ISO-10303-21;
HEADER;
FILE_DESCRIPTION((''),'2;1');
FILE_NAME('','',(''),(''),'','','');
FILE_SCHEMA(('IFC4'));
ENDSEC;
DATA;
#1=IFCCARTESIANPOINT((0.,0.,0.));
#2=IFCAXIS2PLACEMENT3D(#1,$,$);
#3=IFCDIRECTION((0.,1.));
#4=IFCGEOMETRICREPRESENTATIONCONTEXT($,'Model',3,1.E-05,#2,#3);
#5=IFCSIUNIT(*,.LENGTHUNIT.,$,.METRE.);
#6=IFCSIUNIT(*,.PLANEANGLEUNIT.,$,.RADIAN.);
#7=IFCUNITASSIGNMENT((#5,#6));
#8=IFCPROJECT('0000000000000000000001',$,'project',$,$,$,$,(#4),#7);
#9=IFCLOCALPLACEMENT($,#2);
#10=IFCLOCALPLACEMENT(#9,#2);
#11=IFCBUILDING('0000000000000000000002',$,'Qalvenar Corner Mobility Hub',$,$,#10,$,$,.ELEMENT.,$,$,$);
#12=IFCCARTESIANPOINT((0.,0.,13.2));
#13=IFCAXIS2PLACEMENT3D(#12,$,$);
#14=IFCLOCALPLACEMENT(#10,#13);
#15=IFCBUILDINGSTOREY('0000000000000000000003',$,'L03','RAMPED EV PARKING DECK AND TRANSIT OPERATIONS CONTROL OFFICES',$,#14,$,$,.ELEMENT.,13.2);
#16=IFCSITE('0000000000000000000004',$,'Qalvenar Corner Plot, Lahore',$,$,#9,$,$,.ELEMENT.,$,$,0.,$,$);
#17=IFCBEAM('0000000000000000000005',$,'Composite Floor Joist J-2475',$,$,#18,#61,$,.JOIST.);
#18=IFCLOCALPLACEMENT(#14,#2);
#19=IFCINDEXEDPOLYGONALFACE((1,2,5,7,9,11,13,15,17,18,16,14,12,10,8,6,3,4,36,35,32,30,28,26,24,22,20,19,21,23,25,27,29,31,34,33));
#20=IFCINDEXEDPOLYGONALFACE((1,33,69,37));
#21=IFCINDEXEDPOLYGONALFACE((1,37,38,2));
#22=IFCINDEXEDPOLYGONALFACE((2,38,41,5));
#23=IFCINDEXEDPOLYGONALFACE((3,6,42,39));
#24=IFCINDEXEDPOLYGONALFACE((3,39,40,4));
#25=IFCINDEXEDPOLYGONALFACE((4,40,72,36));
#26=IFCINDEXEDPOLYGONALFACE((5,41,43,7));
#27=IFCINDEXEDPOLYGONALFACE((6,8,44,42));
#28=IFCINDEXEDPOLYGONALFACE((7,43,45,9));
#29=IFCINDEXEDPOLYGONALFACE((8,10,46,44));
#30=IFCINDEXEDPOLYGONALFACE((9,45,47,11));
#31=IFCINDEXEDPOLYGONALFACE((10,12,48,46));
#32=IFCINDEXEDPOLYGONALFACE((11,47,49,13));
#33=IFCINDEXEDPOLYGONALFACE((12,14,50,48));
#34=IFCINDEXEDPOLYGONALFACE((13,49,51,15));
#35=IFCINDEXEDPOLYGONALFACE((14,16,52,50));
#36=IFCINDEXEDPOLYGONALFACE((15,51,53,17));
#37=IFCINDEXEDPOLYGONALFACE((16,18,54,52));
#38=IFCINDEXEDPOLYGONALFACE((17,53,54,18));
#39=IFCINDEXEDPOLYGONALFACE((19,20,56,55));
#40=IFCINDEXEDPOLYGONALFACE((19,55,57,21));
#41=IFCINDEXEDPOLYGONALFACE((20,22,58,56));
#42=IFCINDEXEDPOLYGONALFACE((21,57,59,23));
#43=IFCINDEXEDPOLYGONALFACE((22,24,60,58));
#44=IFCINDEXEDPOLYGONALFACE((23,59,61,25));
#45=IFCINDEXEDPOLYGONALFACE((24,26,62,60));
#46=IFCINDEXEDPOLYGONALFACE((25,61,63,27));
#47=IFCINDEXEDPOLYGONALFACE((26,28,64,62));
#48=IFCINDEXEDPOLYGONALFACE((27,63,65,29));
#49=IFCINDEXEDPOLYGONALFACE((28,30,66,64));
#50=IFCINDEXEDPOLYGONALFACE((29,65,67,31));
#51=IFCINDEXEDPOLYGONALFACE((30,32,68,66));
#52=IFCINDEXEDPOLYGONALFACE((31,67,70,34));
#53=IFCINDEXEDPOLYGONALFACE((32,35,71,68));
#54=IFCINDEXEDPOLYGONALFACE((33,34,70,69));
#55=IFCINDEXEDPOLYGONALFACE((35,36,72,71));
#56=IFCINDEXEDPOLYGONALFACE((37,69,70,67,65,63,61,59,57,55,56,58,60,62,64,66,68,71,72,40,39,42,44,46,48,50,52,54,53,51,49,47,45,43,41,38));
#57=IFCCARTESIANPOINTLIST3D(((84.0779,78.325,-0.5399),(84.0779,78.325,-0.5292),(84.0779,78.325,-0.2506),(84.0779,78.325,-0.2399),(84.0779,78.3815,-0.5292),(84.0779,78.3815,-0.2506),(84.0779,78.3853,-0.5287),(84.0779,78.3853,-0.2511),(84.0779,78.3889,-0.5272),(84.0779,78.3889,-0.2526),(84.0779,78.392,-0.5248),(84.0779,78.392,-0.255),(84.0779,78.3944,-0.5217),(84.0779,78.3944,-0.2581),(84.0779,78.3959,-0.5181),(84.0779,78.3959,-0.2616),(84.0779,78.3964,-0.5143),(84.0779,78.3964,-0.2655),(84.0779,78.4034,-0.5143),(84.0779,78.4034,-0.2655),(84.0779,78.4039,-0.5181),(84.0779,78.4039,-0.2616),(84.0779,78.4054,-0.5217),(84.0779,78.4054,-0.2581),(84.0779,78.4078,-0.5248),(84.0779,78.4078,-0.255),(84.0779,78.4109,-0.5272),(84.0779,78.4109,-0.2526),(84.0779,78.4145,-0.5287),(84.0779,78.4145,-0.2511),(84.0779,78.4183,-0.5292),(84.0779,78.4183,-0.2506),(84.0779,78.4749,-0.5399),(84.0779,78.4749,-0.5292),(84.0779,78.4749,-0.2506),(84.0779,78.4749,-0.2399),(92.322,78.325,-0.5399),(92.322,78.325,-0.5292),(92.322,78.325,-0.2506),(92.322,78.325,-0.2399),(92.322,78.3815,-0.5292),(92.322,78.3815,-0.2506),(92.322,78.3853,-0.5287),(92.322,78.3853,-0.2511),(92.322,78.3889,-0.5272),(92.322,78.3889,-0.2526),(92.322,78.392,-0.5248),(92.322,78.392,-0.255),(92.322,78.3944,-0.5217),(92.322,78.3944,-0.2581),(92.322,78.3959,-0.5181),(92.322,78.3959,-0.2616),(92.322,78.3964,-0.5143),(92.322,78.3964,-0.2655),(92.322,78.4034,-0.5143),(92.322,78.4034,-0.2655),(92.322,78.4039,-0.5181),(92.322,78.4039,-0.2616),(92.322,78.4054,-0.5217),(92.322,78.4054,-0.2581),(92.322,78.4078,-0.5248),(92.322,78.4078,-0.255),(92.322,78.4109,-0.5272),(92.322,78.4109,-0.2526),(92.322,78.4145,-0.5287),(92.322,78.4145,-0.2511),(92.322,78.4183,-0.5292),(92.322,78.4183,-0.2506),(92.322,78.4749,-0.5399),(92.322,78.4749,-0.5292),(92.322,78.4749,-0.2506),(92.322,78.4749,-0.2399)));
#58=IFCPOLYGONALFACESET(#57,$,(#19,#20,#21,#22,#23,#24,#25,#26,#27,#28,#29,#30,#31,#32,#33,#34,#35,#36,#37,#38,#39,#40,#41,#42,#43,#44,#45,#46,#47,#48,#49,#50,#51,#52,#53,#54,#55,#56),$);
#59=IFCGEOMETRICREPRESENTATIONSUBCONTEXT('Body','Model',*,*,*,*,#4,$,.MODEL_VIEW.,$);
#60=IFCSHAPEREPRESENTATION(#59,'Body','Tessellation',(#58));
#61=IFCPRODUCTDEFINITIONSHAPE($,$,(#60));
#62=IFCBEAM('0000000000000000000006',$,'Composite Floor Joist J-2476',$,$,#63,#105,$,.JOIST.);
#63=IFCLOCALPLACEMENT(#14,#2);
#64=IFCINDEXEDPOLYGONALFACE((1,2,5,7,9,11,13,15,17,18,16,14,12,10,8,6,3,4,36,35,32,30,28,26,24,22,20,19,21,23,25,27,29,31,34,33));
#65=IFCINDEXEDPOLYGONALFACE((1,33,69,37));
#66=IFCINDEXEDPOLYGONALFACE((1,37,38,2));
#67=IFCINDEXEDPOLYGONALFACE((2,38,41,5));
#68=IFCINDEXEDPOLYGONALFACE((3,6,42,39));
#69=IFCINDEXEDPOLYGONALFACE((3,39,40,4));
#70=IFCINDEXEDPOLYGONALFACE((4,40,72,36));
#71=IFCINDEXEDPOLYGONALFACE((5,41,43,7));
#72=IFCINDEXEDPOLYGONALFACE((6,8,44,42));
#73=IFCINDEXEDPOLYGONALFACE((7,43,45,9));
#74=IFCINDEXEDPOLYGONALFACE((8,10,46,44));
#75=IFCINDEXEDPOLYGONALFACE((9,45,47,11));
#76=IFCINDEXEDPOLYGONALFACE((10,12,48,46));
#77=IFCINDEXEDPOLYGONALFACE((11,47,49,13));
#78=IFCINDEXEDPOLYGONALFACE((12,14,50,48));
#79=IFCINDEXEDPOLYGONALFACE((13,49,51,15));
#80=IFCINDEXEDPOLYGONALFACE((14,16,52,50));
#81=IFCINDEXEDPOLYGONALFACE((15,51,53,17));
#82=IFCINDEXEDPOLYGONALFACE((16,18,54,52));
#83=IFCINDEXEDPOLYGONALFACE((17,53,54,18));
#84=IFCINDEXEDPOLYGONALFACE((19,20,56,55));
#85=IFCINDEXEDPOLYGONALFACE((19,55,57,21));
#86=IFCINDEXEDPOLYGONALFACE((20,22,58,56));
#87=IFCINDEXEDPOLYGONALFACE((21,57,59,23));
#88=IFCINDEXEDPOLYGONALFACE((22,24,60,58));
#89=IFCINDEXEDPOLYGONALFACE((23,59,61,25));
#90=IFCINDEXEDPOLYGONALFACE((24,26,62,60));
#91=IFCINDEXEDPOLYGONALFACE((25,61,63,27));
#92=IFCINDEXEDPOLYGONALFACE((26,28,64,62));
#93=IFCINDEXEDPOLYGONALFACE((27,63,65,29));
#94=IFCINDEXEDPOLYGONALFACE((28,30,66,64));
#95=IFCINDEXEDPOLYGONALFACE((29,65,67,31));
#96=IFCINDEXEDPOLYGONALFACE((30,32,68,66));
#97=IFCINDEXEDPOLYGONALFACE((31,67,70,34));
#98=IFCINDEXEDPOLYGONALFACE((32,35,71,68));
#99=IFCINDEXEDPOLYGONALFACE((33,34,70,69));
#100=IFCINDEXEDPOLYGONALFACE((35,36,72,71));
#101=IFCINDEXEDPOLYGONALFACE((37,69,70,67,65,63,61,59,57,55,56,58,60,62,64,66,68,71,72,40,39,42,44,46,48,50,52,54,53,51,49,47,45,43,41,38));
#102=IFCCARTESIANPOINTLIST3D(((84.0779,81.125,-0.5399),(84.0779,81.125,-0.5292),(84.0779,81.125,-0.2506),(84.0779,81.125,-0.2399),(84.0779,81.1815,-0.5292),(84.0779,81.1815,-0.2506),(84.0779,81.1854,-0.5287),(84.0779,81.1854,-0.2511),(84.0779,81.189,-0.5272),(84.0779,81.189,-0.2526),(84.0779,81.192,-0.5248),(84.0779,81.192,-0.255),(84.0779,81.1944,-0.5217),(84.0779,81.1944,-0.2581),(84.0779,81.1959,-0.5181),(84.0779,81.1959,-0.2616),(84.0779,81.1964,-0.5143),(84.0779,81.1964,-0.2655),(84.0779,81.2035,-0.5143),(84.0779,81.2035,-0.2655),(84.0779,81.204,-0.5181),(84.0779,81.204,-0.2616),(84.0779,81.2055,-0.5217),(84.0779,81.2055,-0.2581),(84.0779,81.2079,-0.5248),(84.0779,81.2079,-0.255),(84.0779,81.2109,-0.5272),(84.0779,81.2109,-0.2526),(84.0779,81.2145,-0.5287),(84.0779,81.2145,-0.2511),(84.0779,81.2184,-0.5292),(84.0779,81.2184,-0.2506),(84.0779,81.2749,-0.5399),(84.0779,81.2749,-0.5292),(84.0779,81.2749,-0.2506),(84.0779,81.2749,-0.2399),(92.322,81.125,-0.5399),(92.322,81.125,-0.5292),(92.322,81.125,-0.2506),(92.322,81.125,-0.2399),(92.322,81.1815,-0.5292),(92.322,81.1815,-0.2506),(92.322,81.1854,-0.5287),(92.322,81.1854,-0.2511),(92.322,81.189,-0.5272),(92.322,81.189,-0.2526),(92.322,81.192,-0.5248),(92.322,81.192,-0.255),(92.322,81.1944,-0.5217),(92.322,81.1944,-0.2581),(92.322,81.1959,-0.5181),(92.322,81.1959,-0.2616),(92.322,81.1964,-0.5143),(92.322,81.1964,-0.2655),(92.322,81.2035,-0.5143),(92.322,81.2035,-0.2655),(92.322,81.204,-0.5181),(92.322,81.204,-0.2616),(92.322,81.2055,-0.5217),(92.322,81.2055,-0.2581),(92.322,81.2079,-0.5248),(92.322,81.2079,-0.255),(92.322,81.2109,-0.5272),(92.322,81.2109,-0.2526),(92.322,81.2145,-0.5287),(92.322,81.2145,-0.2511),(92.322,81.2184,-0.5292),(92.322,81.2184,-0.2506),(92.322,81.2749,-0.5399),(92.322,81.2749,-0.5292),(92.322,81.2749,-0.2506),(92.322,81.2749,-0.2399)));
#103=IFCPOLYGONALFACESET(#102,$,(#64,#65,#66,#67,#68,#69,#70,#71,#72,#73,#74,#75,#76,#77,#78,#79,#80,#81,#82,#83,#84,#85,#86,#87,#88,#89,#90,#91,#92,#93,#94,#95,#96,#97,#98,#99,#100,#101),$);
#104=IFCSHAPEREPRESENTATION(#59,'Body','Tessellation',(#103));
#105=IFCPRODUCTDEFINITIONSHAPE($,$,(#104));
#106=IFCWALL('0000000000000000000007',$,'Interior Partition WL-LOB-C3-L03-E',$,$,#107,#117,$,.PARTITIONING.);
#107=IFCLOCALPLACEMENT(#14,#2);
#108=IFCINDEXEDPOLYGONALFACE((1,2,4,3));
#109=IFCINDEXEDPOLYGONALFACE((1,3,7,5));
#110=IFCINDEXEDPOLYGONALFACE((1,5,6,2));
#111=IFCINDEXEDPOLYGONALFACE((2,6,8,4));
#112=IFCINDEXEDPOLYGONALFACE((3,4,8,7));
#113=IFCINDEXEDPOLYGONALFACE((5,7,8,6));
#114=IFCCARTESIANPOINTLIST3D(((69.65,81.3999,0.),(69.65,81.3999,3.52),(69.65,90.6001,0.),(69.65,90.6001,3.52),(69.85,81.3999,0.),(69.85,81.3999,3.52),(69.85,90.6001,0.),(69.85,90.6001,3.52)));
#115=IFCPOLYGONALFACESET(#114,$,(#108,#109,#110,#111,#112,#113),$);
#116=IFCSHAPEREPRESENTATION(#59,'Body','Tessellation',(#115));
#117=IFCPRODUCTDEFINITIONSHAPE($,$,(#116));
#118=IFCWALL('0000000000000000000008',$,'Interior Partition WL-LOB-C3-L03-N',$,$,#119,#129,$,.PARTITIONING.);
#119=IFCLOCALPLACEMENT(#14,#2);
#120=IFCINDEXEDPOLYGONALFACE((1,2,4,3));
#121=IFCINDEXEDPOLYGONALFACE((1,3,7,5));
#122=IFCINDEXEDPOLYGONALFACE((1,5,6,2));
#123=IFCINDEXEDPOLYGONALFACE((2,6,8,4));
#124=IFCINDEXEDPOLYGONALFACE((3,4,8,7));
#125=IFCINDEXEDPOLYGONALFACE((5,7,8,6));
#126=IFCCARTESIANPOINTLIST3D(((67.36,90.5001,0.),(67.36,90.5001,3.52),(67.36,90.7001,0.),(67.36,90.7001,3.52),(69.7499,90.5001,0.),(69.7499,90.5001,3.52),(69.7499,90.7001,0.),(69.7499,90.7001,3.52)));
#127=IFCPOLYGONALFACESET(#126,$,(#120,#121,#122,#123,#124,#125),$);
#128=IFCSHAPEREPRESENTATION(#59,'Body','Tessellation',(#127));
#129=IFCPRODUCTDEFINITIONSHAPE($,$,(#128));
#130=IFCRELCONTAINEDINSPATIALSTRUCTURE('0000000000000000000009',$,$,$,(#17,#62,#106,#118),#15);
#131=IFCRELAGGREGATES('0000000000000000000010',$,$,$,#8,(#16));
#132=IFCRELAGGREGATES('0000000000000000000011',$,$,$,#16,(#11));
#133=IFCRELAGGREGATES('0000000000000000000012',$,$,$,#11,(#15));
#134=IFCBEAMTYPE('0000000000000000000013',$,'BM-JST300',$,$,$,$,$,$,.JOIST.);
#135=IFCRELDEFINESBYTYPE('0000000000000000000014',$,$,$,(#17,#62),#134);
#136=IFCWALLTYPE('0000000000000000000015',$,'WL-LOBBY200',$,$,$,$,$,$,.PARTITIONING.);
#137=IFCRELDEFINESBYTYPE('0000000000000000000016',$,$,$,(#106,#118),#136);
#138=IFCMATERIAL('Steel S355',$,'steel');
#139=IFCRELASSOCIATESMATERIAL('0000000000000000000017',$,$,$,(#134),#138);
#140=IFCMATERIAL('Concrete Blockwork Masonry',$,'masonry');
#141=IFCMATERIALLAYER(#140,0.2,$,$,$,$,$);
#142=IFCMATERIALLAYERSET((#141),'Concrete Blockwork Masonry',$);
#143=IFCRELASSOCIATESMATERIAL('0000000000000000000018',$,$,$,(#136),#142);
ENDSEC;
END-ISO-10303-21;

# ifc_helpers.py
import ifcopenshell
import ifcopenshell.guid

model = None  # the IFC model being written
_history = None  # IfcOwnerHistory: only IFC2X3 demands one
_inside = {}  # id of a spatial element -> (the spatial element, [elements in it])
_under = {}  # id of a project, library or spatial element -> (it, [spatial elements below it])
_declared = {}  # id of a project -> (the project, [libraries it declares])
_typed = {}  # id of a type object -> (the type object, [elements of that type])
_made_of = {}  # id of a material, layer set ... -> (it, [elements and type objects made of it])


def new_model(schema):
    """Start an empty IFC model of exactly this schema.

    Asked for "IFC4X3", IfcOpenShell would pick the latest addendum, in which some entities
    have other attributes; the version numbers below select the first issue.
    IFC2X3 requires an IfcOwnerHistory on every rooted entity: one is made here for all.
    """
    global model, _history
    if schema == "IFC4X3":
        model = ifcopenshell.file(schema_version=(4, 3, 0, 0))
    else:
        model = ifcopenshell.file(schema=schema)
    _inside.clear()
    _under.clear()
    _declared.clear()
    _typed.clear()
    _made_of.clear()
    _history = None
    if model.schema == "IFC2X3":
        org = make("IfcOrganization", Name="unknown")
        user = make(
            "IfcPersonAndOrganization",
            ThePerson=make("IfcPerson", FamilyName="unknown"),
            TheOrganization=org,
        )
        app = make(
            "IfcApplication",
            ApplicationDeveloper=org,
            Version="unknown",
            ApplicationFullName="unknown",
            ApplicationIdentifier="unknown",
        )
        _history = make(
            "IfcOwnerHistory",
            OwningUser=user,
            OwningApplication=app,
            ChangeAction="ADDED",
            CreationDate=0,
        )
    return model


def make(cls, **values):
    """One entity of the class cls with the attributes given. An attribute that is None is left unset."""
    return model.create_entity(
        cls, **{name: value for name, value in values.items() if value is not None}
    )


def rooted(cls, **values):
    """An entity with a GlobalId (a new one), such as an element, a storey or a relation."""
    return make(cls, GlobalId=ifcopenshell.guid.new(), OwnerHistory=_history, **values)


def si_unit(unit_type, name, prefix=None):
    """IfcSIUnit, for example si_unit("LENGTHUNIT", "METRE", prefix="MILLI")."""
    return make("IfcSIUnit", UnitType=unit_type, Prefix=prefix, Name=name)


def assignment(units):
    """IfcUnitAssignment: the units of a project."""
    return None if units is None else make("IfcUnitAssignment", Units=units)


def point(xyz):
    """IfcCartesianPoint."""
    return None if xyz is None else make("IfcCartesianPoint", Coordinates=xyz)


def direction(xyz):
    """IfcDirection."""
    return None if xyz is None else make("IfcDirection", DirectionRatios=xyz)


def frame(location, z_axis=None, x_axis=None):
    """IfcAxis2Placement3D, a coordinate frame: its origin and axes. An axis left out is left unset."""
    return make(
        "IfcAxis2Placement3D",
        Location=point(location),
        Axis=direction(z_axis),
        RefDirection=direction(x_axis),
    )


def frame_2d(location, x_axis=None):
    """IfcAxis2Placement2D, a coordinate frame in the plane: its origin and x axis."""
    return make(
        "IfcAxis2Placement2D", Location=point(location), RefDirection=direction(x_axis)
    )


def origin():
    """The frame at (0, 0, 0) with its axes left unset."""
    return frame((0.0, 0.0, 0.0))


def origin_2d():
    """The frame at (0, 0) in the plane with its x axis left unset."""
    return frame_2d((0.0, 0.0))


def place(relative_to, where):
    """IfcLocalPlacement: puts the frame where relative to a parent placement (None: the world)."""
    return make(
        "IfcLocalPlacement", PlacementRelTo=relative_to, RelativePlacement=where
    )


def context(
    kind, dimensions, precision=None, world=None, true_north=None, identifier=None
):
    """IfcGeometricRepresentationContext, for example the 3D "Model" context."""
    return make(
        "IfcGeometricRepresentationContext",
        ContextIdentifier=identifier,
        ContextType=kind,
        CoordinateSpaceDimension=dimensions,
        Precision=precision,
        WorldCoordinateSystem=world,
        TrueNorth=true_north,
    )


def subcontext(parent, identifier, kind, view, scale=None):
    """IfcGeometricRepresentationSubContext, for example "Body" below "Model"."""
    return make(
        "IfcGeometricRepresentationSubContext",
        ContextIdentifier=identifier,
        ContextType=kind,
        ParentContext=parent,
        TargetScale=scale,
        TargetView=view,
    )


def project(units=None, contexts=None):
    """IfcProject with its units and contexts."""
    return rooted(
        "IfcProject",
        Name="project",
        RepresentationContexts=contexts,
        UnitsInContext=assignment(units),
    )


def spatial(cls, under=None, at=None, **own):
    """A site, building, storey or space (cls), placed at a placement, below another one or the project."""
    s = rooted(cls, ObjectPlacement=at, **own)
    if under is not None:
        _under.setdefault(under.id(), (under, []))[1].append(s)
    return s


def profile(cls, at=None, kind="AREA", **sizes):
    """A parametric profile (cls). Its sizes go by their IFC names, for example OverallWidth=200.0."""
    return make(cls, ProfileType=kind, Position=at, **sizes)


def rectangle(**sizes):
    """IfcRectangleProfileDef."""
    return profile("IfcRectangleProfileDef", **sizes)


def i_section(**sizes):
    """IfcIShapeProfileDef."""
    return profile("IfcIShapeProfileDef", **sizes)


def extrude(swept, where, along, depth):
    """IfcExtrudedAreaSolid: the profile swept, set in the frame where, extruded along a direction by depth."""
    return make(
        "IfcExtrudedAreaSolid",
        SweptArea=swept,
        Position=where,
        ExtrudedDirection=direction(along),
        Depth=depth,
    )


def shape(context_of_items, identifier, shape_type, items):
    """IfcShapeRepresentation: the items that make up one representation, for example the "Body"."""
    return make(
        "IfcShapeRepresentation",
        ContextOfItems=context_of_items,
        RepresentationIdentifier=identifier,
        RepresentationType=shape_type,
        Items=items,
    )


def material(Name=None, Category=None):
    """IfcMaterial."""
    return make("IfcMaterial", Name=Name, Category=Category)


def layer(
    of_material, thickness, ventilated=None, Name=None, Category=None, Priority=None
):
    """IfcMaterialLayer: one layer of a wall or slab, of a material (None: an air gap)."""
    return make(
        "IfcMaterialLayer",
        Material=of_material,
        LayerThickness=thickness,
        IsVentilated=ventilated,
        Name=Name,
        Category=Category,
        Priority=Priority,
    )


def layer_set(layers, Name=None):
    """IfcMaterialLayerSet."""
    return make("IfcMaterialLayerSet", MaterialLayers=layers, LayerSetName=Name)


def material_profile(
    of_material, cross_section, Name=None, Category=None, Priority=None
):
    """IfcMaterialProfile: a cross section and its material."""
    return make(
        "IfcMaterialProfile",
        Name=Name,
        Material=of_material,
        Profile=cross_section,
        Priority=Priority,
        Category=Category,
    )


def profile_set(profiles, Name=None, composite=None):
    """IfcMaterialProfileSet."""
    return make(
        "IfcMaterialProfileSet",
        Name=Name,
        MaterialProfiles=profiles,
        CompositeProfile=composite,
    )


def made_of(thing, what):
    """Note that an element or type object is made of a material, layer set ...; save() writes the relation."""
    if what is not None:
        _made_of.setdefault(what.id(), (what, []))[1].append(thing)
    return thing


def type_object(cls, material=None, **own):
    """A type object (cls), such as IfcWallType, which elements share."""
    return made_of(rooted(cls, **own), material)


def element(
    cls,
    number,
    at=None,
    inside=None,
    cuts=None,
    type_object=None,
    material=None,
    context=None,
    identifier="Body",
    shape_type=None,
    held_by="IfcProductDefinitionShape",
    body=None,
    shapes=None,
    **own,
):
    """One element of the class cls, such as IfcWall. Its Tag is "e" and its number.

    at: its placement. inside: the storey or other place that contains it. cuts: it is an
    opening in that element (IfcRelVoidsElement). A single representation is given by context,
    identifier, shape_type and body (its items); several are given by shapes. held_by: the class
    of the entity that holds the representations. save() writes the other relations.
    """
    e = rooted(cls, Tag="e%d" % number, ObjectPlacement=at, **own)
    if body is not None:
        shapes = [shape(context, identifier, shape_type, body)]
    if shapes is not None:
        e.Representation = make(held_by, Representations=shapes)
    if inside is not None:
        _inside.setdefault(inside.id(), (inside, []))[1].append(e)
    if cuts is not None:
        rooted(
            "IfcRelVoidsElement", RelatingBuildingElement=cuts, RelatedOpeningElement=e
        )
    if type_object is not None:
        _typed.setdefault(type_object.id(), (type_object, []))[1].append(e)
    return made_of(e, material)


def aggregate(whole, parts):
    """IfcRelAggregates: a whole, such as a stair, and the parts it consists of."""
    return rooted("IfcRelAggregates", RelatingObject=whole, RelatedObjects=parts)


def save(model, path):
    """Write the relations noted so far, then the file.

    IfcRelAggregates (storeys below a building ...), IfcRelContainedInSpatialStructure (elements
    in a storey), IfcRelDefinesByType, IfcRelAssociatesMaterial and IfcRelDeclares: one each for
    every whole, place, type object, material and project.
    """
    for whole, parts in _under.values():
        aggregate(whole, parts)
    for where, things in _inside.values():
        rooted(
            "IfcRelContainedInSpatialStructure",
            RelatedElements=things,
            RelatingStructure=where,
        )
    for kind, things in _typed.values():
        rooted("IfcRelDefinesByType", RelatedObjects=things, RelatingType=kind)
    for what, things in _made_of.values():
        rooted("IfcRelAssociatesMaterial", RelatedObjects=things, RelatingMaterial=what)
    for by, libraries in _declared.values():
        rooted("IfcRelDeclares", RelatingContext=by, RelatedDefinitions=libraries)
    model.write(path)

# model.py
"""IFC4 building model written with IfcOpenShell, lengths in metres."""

from ifc_helpers import new_model, si_unit, direction, frame, frame_2d, origin, origin_2d, place, context, subcontext, project, spatial, rectangle, i_section, extrude, material, layer, layer_set, material_profile, profile_set, type_object, element, save


model = new_model("IFC4")

# Units and contexts
model_context = context("Model", 3, precision=1e-05, world=origin(), true_north=direction((0.0, 1.0)))
body_context = subcontext(model_context, "Body", "Model", "MODEL_VIEW")
ifc_project = project(units=[si_unit("LENGTHUNIT", "METRE"), si_unit("PLANEANGLEUNIT", "RADIAN")], contexts=[model_context])

# Site, building, storey
site_placement = place(None, origin())
site = spatial("IfcSite", under=ifc_project, at=site_placement, Name="Qalvenar Corner Plot, Lahore", CompositionType="ELEMENT", RefElevation=0.0)
building_placement = place(site_placement, origin())
building = spatial("IfcBuilding", under=site, at=building_placement, Name="Qalvenar Corner Mobility Hub", CompositionType="ELEMENT")
storey_placement = place(building_placement, frame((0.0, 0.0, 13.2)))
storey = spatial("IfcBuildingStorey", under=building, at=storey_placement, Name="L03", Description="RAMPED EV PARKING DECK AND TRANSIT OPERATIONS CONTROL OFFICES", CompositionType="ELEMENT", Elevation=13.2)

# Shared definitions
ifc_material_1 = material(Name="Steel S355", Category="steel")

# Beams
ifc_material_profile_1 = material_profile(ifc_material_1, i_section(OverallWidth=0.1499, OverallDepth=0.3, WebThickness=0.0071, FlangeThickness=0.0107, FilletRadius=0.0149, at=origin_2d()), Name="IPE300")
ifc_profile_set_1 = profile_set([ifc_material_profile_1], Name="Steel S355")
beam_type_1 = type_object("IfcBeamType", Name="BM-JST300", PredefinedType="JOIST", material=ifc_profile_set_1)
for number, where, z_axis, x_axis, name in (
    (1, (84.0779, 78.3999, -0.3899), (1.0, 0.0, 0.0), (0.0, 1.0, 0.0), "Composite Floor Joist J-2475"),
    (2, (84.0779, 81.2, -0.3899), (1.0, 0.0, 0.0), (0.0, 1.0, 0.0), "Composite Floor Joist J-2476"),
):
    element("IfcBeam", number, at=place(storey_placement, frame(where, z_axis=z_axis, x_axis=x_axis)), inside=storey, type_object=beam_type_1, Name=name, PredefinedType="JOIST", context=body_context, shape_type="SweptSolid", body=[
        extrude(i_section(OverallWidth=0.1499, OverallDepth=0.3, WebThickness=0.0071, FlangeThickness=0.0107, FilletRadius=0.0149, at=origin_2d()), origin(), (0.0, 0.0, 1.0), 8.2441),
    ])

# Walls
ifc_material_2 = material(Name="Concrete Blockwork Masonry", Category="masonry")
ifc_layer = layer(ifc_material_2, 0.2)
ifc_layer_set = layer_set([ifc_layer], Name="Concrete Blockwork Masonry")
wall_type = type_object("IfcWallType", Name="WL-LOBBY200", PredefinedType="PARTITIONING", material=ifc_layer_set)
wall_1_placement = place(storey_placement, frame((69.75, 81.3999, 0.0), z_axis=(0.0, 0.0, 1.0), x_axis=(0.0, 1.0, 0.0)))
element("IfcWall", 3, at=wall_1_placement, inside=storey, type_object=wall_type, Name="Interior Partition WL-LOB-C3-L03-E", PredefinedType="PARTITIONING", context=body_context, shape_type="SweptSolid", body=[
    extrude(rectangle(XDim=9.2002, YDim=0.2, at=frame_2d((4.6001, 0.0))), origin(), (0.0, 0.0, 1.0), 3.52),
])
wall_2_placement = place(storey_placement, frame((67.3601, 90.6001, 0.0), z_axis=(0.0, 0.0, 1.0), x_axis=(1.0, 0.0, 0.0)))
element("IfcWall", 4, at=wall_2_placement, inside=storey, type_object=wall_type, Name="Interior Partition WL-LOB-C3-L03-N", PredefinedType="PARTITIONING", context=body_context, shape_type="SweptSolid", body=[
    extrude(rectangle(XDim=2.3899, YDim=0.2, at=frame_2d((1.1948, 0.0))), origin(), (0.0, 0.0, 1.0), 3.52),
])

save(model, "model.ifc")
